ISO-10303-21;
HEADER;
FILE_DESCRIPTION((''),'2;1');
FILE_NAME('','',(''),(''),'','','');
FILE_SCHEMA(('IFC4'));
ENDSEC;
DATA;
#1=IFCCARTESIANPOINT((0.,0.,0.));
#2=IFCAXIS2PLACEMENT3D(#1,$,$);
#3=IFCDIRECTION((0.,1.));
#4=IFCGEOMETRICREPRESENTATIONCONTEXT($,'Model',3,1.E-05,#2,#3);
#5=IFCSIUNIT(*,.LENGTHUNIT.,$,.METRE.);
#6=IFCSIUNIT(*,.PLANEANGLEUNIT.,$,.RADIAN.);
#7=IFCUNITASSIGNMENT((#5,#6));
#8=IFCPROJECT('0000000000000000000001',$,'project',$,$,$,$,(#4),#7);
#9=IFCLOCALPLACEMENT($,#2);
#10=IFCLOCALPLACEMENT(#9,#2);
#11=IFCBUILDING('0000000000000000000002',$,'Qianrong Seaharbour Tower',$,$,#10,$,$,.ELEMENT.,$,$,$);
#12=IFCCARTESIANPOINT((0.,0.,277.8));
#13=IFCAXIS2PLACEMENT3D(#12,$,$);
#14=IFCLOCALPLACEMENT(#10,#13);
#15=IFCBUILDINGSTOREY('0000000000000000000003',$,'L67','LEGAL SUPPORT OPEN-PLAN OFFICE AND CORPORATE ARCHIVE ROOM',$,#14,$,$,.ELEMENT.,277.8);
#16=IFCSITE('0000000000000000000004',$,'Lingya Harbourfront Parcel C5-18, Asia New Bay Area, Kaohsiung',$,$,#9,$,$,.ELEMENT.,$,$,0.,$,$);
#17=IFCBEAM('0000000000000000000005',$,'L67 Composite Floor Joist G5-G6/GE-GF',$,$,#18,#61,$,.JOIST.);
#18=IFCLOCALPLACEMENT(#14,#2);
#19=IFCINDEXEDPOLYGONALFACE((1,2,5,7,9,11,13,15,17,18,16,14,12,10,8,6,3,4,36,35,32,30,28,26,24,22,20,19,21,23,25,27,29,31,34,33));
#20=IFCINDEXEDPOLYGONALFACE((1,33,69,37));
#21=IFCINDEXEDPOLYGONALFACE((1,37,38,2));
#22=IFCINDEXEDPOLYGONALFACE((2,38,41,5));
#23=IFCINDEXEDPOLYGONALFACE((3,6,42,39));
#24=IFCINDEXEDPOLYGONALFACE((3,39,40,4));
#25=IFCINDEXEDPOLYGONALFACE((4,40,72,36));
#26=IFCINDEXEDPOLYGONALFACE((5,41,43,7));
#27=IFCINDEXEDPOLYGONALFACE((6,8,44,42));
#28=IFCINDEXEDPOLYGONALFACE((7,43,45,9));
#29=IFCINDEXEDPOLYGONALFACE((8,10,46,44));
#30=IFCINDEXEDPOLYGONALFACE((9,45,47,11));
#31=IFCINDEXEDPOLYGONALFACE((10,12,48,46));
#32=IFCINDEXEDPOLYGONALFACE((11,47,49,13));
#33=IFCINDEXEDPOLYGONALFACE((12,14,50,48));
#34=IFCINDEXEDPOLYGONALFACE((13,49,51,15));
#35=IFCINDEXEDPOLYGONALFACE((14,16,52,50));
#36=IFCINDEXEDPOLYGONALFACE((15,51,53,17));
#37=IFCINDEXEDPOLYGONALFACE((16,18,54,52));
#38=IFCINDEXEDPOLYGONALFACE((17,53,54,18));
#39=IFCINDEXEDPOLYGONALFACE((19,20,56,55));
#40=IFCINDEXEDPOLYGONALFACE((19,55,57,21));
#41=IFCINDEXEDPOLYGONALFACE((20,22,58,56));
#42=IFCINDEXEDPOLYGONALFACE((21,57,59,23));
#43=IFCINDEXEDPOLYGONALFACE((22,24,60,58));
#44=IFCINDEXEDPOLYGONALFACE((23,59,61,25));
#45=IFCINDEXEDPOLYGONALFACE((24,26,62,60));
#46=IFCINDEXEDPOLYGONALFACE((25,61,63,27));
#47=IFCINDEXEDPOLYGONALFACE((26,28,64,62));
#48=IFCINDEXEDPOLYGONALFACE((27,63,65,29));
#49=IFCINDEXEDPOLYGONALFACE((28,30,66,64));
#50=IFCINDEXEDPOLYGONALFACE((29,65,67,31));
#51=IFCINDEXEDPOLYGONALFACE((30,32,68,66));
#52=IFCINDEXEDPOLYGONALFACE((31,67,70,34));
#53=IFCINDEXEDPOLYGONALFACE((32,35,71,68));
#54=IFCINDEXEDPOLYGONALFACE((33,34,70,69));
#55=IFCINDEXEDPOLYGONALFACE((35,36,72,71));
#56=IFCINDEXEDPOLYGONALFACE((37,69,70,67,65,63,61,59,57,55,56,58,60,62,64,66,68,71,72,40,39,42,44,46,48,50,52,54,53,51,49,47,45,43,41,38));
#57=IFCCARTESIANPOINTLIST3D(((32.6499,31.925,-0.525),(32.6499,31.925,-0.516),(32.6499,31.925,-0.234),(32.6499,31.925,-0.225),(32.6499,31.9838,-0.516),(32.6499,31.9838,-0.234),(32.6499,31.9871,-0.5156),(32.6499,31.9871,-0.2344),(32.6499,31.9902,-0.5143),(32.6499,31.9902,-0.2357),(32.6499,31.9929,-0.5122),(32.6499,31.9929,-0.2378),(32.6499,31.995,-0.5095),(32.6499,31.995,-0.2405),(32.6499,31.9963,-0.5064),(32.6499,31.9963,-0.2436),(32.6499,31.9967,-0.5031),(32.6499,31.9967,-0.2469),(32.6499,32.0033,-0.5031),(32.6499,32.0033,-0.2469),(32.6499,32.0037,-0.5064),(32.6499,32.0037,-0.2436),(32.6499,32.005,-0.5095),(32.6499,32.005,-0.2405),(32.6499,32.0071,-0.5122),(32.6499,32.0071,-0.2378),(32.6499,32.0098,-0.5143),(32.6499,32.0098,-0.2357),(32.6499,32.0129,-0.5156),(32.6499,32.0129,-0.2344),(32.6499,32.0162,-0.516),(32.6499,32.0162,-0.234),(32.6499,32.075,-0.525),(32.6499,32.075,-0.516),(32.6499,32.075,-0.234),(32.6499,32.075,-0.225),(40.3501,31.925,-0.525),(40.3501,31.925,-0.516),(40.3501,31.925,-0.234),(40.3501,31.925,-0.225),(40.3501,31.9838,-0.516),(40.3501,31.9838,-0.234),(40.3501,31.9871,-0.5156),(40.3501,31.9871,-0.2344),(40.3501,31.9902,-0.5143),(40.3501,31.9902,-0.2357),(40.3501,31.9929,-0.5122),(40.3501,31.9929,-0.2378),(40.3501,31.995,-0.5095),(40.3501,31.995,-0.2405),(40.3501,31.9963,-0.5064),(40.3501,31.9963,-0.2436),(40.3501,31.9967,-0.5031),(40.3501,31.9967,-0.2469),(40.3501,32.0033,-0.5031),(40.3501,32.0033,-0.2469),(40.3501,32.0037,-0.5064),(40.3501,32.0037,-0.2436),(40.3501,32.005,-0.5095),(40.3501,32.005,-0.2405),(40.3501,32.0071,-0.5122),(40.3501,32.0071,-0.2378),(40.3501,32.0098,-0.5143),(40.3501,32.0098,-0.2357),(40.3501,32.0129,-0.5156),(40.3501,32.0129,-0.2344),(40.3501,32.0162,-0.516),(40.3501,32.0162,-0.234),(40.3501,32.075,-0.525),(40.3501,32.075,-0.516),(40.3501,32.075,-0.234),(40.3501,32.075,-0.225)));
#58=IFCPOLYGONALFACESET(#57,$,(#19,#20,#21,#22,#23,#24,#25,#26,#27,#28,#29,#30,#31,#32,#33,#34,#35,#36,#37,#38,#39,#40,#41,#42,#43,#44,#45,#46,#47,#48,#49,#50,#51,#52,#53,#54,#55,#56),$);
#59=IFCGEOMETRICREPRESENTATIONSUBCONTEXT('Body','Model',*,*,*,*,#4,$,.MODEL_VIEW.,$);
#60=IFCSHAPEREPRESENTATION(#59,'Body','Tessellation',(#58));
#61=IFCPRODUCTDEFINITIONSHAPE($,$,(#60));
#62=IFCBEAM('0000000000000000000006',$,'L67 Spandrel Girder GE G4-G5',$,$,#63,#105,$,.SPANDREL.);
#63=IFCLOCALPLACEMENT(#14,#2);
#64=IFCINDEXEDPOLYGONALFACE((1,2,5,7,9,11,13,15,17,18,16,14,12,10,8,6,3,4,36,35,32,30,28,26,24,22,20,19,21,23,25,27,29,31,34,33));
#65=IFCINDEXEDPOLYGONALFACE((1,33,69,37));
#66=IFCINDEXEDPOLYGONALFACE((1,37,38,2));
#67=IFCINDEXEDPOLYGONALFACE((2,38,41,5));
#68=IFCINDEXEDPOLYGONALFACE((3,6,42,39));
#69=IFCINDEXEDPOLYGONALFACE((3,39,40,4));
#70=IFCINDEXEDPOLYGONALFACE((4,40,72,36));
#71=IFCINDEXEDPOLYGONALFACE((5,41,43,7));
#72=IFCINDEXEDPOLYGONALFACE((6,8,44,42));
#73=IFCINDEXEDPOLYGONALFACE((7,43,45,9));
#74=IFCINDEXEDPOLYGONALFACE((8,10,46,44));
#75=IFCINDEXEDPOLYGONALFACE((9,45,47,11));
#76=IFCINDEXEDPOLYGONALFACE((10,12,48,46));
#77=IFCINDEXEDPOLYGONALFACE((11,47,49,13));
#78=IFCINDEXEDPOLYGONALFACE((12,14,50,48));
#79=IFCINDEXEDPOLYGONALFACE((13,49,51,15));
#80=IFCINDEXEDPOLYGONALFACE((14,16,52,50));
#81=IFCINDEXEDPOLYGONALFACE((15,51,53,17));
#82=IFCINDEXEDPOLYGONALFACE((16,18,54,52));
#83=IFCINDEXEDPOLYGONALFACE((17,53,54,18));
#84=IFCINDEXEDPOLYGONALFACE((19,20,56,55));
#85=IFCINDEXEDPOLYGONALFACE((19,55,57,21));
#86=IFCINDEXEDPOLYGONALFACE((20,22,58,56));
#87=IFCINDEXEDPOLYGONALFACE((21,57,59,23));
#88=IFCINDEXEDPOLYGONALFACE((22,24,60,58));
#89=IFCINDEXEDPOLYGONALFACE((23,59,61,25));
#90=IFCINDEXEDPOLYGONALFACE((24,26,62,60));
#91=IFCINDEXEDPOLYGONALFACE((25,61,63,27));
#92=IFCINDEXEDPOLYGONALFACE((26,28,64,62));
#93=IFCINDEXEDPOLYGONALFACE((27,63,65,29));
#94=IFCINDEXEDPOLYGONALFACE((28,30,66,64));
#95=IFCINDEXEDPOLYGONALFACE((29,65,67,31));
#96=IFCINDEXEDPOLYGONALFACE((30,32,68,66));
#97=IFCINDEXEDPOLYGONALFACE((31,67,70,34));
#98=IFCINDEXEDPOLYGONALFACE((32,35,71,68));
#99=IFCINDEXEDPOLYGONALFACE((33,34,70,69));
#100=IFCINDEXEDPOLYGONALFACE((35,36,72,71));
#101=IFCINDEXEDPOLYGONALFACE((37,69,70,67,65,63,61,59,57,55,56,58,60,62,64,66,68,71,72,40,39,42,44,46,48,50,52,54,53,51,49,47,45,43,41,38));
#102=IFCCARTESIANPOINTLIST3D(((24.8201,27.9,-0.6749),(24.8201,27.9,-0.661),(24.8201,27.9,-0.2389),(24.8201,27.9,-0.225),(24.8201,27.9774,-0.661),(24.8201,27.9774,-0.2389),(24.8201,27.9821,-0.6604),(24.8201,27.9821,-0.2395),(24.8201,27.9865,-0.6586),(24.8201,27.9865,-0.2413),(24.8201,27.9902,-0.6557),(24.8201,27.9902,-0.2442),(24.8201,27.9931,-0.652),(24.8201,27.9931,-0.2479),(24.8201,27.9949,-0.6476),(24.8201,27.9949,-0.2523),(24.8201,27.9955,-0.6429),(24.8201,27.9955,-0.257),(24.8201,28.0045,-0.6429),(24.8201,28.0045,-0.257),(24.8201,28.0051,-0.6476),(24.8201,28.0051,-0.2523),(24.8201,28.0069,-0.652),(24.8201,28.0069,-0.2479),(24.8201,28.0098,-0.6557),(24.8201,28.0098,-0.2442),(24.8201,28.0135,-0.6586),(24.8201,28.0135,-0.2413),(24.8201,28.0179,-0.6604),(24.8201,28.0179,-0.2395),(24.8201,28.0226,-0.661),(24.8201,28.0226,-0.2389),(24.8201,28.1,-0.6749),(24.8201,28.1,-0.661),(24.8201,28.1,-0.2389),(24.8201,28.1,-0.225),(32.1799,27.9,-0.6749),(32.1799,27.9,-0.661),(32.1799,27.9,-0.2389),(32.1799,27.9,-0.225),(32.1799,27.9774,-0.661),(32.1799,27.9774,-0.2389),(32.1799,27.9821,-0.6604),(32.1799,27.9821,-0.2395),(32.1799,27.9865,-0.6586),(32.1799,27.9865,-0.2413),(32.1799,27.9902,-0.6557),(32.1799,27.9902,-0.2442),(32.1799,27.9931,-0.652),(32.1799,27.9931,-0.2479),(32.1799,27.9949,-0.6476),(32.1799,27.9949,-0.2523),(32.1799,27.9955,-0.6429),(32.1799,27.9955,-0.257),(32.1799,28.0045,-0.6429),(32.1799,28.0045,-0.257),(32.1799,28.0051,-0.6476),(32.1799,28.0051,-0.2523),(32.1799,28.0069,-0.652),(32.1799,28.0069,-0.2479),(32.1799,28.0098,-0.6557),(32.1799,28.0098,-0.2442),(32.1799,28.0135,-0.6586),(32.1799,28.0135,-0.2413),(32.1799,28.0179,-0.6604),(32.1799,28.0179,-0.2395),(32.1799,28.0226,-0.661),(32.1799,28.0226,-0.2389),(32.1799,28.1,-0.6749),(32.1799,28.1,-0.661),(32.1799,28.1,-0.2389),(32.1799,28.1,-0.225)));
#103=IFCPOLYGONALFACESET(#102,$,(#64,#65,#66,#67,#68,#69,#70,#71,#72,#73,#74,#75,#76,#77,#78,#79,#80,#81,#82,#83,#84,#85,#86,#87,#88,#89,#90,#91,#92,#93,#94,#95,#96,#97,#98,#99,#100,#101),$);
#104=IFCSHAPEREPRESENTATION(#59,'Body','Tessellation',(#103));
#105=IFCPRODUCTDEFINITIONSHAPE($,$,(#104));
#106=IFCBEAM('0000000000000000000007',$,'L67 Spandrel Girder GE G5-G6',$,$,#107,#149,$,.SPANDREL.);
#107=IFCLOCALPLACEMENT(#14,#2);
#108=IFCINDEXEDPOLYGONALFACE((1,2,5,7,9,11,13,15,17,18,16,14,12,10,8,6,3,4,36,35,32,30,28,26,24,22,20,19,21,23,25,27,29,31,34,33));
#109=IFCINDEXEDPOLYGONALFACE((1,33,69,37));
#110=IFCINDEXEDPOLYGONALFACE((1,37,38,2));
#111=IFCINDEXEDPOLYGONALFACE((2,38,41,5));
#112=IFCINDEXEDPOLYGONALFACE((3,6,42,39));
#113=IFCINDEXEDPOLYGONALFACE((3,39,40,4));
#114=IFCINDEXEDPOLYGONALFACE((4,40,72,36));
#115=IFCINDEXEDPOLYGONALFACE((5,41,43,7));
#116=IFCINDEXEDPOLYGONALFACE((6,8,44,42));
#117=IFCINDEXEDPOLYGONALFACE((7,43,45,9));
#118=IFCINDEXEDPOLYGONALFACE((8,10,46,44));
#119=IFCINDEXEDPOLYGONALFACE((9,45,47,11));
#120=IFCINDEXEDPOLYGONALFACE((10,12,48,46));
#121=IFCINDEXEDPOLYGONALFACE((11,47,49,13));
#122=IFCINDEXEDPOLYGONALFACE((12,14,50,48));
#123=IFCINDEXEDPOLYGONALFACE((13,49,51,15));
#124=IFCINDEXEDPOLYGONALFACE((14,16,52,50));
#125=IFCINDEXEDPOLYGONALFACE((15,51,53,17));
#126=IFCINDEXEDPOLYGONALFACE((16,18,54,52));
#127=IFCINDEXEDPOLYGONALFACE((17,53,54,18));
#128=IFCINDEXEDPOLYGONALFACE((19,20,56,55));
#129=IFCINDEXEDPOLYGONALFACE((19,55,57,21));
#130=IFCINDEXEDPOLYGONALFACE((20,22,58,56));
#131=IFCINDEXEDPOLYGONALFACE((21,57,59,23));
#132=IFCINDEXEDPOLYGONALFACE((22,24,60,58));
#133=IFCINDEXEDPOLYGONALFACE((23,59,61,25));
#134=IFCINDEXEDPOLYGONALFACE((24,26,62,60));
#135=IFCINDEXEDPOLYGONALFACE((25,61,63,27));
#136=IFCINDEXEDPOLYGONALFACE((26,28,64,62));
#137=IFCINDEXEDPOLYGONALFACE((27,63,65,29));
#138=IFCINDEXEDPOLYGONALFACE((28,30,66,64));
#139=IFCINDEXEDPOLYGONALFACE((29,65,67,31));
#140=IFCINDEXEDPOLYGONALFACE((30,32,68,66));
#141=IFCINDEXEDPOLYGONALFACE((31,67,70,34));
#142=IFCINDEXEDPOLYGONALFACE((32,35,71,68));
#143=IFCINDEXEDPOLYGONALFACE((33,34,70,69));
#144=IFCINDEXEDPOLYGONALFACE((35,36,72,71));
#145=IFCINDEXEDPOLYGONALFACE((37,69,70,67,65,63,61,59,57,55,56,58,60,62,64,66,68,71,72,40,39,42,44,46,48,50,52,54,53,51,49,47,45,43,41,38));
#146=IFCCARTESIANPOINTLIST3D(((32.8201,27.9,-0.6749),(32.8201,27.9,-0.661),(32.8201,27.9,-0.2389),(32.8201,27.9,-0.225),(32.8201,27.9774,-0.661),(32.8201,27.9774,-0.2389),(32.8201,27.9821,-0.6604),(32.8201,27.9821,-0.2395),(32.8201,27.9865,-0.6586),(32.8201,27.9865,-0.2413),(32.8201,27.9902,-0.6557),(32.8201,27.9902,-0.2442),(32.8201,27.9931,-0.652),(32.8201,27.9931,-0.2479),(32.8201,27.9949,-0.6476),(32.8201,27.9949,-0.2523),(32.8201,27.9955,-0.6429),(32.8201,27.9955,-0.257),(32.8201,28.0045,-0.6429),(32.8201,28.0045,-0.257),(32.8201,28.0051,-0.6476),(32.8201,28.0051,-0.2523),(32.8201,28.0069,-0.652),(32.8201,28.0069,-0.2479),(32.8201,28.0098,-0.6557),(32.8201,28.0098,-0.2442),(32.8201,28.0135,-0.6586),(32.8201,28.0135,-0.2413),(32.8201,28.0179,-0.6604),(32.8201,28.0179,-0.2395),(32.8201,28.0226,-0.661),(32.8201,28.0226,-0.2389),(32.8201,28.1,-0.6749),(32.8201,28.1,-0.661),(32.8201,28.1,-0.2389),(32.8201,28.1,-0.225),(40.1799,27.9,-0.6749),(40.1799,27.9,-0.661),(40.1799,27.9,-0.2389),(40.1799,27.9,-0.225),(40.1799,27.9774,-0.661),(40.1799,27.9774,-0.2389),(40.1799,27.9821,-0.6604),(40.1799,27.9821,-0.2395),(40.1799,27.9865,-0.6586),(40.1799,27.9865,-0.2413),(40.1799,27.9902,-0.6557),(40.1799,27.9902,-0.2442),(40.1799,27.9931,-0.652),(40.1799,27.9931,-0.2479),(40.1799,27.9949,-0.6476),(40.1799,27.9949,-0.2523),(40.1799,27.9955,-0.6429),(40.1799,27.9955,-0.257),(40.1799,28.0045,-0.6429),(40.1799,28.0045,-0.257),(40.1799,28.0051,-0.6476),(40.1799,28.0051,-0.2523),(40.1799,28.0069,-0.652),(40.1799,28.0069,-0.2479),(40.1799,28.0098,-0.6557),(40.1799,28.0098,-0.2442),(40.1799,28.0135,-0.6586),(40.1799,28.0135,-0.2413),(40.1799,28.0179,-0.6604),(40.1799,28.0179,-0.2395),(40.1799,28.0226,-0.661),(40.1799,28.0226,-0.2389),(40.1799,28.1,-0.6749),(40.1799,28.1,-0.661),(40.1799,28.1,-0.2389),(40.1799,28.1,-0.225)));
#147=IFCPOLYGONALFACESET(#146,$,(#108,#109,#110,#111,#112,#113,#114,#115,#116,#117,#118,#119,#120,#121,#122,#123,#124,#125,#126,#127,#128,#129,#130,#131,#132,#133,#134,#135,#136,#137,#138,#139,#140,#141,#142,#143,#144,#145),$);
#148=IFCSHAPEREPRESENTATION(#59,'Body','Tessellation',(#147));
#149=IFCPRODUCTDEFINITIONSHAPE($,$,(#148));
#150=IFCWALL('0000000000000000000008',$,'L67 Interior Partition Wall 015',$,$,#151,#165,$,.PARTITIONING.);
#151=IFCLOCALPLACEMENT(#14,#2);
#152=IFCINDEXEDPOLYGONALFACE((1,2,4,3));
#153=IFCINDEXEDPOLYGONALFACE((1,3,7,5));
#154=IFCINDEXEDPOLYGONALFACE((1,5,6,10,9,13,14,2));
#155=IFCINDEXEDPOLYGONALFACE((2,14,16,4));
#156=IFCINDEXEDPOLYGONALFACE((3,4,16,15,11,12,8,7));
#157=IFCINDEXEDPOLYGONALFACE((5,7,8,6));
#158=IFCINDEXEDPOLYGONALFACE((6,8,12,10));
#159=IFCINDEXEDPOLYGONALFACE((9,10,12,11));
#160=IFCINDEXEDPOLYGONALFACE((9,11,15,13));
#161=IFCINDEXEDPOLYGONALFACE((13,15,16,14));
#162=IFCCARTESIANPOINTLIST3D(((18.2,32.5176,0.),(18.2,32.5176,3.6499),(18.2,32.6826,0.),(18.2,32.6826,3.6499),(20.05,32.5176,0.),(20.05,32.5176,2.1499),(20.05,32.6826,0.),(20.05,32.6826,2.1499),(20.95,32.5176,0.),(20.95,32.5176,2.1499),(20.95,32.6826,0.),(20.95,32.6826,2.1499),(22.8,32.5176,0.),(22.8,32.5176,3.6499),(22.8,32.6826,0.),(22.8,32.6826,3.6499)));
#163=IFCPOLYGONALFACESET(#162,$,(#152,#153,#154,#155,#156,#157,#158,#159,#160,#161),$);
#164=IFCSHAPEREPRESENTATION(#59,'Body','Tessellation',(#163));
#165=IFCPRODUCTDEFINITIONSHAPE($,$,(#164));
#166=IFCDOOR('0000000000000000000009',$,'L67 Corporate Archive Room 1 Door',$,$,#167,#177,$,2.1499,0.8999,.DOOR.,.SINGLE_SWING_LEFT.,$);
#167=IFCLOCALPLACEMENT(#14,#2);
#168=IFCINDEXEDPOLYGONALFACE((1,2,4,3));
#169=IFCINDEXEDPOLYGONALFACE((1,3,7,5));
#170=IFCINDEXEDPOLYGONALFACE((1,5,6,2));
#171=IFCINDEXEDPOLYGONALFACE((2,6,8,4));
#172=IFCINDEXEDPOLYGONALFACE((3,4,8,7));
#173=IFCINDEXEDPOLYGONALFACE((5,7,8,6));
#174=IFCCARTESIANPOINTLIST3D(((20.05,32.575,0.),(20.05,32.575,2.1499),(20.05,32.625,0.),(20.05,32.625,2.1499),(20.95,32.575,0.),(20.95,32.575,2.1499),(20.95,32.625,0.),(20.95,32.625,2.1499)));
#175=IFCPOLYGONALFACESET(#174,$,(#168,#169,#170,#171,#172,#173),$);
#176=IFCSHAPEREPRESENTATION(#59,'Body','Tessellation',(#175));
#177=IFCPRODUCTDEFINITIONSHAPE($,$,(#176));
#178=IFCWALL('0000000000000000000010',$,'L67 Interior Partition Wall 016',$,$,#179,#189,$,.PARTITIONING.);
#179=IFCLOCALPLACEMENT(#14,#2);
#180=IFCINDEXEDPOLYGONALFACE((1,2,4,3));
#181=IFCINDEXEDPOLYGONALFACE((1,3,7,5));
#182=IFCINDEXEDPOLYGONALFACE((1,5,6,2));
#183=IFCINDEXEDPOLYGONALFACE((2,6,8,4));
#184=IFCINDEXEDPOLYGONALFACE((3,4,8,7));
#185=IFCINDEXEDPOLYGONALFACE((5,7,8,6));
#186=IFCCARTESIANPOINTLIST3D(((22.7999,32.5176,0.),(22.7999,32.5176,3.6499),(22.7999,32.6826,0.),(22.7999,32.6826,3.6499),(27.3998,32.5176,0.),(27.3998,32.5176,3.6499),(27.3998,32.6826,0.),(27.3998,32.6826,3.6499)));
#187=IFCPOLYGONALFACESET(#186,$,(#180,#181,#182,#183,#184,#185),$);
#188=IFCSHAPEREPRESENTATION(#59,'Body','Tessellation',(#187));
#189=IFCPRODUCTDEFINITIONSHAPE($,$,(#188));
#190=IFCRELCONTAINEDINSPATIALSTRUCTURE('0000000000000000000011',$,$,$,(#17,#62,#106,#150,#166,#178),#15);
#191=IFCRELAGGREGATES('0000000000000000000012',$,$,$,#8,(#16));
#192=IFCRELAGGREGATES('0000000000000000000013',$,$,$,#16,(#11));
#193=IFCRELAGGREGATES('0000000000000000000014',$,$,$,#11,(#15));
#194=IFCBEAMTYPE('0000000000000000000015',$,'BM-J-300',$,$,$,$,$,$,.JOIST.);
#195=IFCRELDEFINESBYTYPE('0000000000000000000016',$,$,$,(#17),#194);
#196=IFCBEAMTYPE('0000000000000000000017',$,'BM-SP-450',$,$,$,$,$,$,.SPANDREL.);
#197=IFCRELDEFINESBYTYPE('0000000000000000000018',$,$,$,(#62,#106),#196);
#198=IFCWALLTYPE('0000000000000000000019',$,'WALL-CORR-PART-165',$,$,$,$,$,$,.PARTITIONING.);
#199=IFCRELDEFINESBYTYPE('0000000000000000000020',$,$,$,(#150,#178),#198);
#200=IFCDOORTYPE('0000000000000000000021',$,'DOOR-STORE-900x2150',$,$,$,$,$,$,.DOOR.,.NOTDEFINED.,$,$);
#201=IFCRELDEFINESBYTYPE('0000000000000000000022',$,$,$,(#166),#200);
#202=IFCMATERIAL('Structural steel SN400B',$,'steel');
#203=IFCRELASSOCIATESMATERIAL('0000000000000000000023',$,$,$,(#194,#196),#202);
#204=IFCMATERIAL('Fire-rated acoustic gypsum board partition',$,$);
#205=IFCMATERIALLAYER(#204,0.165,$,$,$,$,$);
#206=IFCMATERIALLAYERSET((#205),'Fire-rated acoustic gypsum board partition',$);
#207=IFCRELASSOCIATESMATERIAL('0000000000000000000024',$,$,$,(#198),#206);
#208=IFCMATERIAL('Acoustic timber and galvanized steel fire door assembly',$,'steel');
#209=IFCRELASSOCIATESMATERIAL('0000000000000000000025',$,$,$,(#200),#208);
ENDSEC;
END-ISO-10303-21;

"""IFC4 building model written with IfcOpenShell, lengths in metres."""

from ifc_helpers import new_model, si_unit, direction, frame, frame_2d, origin, origin_2d, place, context, subcontext, project, spatial, rectangle, i_section, extrude, material, layer, layer_set, material_profile, profile_set, type_object, element, fill, save


model = new_model("IFC4")

# Units and contexts
model_context = context("Model", 3, precision=1e-05, world=origin(), true_north=direction((0.0, 1.0)))
body_context = subcontext(model_context, "Body", "Model", "MODEL_VIEW")
ifc_project = project(units=[si_unit("LENGTHUNIT", "METRE"), si_unit("PLANEANGLEUNIT", "RADIAN")], contexts=[model_context])

# Site, building, storey
site_placement = place(None, origin())
site = spatial("IfcSite", under=ifc_project, at=site_placement, Name="Lingya Harbourfront Parcel C5-18, Asia New Bay Area, Kaohsiung", CompositionType="ELEMENT", RefElevation=0.0)
building_placement = place(site_placement, origin())
building = spatial("IfcBuilding", under=site, at=building_placement, Name="Qianrong Seaharbour Tower", CompositionType="ELEMENT")
storey_placement = place(building_placement, frame((0.0, 0.0, 277.8)))
storey = spatial("IfcBuildingStorey", under=building, at=storey_placement, Name="L67", Description="LEGAL SUPPORT OPEN-PLAN OFFICE AND CORPORATE ARCHIVE ROOM", CompositionType="ELEMENT", Elevation=277.8)

# Beams
ifc_material_1 = material(Name="Structural steel SN400B", Category="steel")
ifc_material_profile_1 = material_profile(ifc_material_1, i_section(OverallWidth=0.1499, OverallDepth=0.3, WebThickness=0.0066, FlangeThickness=0.009, FilletRadius=0.0129, at=origin_2d()), Name="H300x150x6.5x9")
ifc_profile_set_1 = profile_set([ifc_material_profile_1], Name="Structural steel SN400B")
beam_type_1 = type_object("IfcBeamType", Name="BM-J-300", PredefinedType="JOIST", material=ifc_profile_set_1)
for number, where, z_axis, x_axis, name in (
    (1, (32.6499, 32.0, -0.375), (1.0, 0.0, 0.0), (0.0, 1.0, 0.0), "L67 Composite Floor Joist G5-G6/GE-GF"),
):
    element("IfcBeam", number, at=place(storey_placement, frame(where, z_axis=z_axis, x_axis=x_axis)), inside=storey, type_object=beam_type_1, Name=name, PredefinedType="JOIST", context=body_context, shape_type="SweptSolid", body=[
        extrude(i_section(OverallWidth=0.1499, OverallDepth=0.3, WebThickness=0.0066, FlangeThickness=0.009, FilletRadius=0.0129, at=origin_2d()), origin(), (0.0, 0.0, 1.0), 7.7002),
    ])
ifc_material_profile_2 = material_profile(ifc_material_1, i_section(OverallWidth=0.2, OverallDepth=0.45, WebThickness=0.009, FlangeThickness=0.0139, FilletRadius=0.0181, at=origin_2d()), Name="H450x200x9x14")
ifc_profile_set_2 = profile_set([ifc_material_profile_2], Name="Structural steel SN400B")
beam_type_2 = type_object("IfcBeamType", Name="BM-SP-450", PredefinedType="SPANDREL", material=ifc_profile_set_2)
for number, where, z_axis, x_axis, name in (
    (2, (24.8201, 28.0, -0.45), (1.0, 0.0, 0.0), (0.0, 1.0, 0.0), "L67 Spandrel Girder GE G4-G5"),
    (3, (32.8201, 28.0, -0.45), (1.0, 0.0, 0.0), (0.0, 1.0, 0.0), "L67 Spandrel Girder GE G5-G6"),
):
    element("IfcBeam", number, at=place(storey_placement, frame(where, z_axis=z_axis, x_axis=x_axis)), inside=storey, type_object=beam_type_2, Name=name, PredefinedType="SPANDREL", context=body_context, shape_type="SweptSolid", body=[
        extrude(i_section(OverallWidth=0.2, OverallDepth=0.45, WebThickness=0.009, FlangeThickness=0.0139, FilletRadius=0.0181, at=origin_2d()), origin(), (0.0, 0.0, 1.0), 7.3599),
    ])

# Wall, opening, door
ifc_material_2 = material(Name="Fire-rated acoustic gypsum board partition")
ifc_layer = layer(ifc_material_2, 0.165)
ifc_layer_set = layer_set([ifc_layer], Name="Fire-rated acoustic gypsum board partition")
wall_type = type_object("IfcWallType", Name="WALL-CORR-PART-165", PredefinedType="PARTITIONING", material=ifc_layer_set)
wall_1_placement = place(storey_placement, frame((18.2, 32.6001, 0.0), z_axis=(0.0, 0.0, 1.0), x_axis=(1.0, 0.0, 0.0)))
wall_1 = element("IfcWall", 4, at=wall_1_placement, inside=storey, type_object=wall_type, Name="L67 Interior Partition Wall 015", PredefinedType="PARTITIONING", context=body_context, shape_type="SweptSolid", body=[
    extrude(rectangle(XDim=4.6001, YDim=0.165, at=frame_2d((2.3, 0.0))), origin(), (0.0, 0.0, 1.0), 3.6499),
])
opening_1_placement = place(wall_1_placement, frame((1.8501, 0.0, 0.0)))
opening_1 = element("IfcOpeningElement", 5, at=opening_1_placement, cuts=wall_1, PredefinedType="OPENING", context=body_context, shape_type="SweptSolid", body=[
    extrude(rectangle(XDim=0.8999, YDim=2.1499, at=frame_2d((0.45, 1.075))), frame((0.0, 0.0925, 0.0), z_axis=(0.0, -1.0, 0.0), x_axis=(1.0, 0.0, 0.0)), (0.0, 0.0, 1.0), 0.1851),
])
ifc_material_3 = material(Name="Acoustic timber and galvanized steel fire door assembly", Category="steel")
door_type_1 = type_object("IfcDoorType", Name="DOOR-STORE-900x2150", OperationType="NOTDEFINED", PredefinedType="DOOR", material=ifc_material_3)
door_1_placement = place(opening_1_placement, origin())
door_1 = element("IfcDoor", 6, at=door_1_placement, inside=storey, type_object=door_type_1, Name="L67 Corporate Archive Room 1 Door", OperationType="SINGLE_SWING_LEFT", OverallHeight=2.1499, OverallWidth=0.8999, PredefinedType="DOOR", context=body_context, shape_type="SweptSolid", body=[
    extrude(rectangle(XDim=0.8999, YDim=2.1499, at=frame_2d((0.45, 1.075))), frame((0.0, 0.0249, 0.0), z_axis=(0.0, -1.0, 0.0), x_axis=(1.0, 0.0, 0.0)), (0.0, 0.0, 1.0), 0.05),
])
fill(opening_1, door_1)

# Wall
wall_2_placement = place(storey_placement, frame((22.8, 32.6001, 0.0), z_axis=(0.0, 0.0, 1.0), x_axis=(1.0, 0.0, 0.0)))
element("IfcWall", 7, at=wall_2_placement, inside=storey, type_object=wall_type, Name="L67 Interior Partition Wall 016", PredefinedType="PARTITIONING", context=body_context, shape_type="SweptSolid", body=[
    extrude(rectangle(XDim=4.5999, YDim=0.165, at=frame_2d((2.2998, 0.0))), origin(), (0.0, 0.0, 1.0), 3.6499),
])

save(model, "model.ifc")
